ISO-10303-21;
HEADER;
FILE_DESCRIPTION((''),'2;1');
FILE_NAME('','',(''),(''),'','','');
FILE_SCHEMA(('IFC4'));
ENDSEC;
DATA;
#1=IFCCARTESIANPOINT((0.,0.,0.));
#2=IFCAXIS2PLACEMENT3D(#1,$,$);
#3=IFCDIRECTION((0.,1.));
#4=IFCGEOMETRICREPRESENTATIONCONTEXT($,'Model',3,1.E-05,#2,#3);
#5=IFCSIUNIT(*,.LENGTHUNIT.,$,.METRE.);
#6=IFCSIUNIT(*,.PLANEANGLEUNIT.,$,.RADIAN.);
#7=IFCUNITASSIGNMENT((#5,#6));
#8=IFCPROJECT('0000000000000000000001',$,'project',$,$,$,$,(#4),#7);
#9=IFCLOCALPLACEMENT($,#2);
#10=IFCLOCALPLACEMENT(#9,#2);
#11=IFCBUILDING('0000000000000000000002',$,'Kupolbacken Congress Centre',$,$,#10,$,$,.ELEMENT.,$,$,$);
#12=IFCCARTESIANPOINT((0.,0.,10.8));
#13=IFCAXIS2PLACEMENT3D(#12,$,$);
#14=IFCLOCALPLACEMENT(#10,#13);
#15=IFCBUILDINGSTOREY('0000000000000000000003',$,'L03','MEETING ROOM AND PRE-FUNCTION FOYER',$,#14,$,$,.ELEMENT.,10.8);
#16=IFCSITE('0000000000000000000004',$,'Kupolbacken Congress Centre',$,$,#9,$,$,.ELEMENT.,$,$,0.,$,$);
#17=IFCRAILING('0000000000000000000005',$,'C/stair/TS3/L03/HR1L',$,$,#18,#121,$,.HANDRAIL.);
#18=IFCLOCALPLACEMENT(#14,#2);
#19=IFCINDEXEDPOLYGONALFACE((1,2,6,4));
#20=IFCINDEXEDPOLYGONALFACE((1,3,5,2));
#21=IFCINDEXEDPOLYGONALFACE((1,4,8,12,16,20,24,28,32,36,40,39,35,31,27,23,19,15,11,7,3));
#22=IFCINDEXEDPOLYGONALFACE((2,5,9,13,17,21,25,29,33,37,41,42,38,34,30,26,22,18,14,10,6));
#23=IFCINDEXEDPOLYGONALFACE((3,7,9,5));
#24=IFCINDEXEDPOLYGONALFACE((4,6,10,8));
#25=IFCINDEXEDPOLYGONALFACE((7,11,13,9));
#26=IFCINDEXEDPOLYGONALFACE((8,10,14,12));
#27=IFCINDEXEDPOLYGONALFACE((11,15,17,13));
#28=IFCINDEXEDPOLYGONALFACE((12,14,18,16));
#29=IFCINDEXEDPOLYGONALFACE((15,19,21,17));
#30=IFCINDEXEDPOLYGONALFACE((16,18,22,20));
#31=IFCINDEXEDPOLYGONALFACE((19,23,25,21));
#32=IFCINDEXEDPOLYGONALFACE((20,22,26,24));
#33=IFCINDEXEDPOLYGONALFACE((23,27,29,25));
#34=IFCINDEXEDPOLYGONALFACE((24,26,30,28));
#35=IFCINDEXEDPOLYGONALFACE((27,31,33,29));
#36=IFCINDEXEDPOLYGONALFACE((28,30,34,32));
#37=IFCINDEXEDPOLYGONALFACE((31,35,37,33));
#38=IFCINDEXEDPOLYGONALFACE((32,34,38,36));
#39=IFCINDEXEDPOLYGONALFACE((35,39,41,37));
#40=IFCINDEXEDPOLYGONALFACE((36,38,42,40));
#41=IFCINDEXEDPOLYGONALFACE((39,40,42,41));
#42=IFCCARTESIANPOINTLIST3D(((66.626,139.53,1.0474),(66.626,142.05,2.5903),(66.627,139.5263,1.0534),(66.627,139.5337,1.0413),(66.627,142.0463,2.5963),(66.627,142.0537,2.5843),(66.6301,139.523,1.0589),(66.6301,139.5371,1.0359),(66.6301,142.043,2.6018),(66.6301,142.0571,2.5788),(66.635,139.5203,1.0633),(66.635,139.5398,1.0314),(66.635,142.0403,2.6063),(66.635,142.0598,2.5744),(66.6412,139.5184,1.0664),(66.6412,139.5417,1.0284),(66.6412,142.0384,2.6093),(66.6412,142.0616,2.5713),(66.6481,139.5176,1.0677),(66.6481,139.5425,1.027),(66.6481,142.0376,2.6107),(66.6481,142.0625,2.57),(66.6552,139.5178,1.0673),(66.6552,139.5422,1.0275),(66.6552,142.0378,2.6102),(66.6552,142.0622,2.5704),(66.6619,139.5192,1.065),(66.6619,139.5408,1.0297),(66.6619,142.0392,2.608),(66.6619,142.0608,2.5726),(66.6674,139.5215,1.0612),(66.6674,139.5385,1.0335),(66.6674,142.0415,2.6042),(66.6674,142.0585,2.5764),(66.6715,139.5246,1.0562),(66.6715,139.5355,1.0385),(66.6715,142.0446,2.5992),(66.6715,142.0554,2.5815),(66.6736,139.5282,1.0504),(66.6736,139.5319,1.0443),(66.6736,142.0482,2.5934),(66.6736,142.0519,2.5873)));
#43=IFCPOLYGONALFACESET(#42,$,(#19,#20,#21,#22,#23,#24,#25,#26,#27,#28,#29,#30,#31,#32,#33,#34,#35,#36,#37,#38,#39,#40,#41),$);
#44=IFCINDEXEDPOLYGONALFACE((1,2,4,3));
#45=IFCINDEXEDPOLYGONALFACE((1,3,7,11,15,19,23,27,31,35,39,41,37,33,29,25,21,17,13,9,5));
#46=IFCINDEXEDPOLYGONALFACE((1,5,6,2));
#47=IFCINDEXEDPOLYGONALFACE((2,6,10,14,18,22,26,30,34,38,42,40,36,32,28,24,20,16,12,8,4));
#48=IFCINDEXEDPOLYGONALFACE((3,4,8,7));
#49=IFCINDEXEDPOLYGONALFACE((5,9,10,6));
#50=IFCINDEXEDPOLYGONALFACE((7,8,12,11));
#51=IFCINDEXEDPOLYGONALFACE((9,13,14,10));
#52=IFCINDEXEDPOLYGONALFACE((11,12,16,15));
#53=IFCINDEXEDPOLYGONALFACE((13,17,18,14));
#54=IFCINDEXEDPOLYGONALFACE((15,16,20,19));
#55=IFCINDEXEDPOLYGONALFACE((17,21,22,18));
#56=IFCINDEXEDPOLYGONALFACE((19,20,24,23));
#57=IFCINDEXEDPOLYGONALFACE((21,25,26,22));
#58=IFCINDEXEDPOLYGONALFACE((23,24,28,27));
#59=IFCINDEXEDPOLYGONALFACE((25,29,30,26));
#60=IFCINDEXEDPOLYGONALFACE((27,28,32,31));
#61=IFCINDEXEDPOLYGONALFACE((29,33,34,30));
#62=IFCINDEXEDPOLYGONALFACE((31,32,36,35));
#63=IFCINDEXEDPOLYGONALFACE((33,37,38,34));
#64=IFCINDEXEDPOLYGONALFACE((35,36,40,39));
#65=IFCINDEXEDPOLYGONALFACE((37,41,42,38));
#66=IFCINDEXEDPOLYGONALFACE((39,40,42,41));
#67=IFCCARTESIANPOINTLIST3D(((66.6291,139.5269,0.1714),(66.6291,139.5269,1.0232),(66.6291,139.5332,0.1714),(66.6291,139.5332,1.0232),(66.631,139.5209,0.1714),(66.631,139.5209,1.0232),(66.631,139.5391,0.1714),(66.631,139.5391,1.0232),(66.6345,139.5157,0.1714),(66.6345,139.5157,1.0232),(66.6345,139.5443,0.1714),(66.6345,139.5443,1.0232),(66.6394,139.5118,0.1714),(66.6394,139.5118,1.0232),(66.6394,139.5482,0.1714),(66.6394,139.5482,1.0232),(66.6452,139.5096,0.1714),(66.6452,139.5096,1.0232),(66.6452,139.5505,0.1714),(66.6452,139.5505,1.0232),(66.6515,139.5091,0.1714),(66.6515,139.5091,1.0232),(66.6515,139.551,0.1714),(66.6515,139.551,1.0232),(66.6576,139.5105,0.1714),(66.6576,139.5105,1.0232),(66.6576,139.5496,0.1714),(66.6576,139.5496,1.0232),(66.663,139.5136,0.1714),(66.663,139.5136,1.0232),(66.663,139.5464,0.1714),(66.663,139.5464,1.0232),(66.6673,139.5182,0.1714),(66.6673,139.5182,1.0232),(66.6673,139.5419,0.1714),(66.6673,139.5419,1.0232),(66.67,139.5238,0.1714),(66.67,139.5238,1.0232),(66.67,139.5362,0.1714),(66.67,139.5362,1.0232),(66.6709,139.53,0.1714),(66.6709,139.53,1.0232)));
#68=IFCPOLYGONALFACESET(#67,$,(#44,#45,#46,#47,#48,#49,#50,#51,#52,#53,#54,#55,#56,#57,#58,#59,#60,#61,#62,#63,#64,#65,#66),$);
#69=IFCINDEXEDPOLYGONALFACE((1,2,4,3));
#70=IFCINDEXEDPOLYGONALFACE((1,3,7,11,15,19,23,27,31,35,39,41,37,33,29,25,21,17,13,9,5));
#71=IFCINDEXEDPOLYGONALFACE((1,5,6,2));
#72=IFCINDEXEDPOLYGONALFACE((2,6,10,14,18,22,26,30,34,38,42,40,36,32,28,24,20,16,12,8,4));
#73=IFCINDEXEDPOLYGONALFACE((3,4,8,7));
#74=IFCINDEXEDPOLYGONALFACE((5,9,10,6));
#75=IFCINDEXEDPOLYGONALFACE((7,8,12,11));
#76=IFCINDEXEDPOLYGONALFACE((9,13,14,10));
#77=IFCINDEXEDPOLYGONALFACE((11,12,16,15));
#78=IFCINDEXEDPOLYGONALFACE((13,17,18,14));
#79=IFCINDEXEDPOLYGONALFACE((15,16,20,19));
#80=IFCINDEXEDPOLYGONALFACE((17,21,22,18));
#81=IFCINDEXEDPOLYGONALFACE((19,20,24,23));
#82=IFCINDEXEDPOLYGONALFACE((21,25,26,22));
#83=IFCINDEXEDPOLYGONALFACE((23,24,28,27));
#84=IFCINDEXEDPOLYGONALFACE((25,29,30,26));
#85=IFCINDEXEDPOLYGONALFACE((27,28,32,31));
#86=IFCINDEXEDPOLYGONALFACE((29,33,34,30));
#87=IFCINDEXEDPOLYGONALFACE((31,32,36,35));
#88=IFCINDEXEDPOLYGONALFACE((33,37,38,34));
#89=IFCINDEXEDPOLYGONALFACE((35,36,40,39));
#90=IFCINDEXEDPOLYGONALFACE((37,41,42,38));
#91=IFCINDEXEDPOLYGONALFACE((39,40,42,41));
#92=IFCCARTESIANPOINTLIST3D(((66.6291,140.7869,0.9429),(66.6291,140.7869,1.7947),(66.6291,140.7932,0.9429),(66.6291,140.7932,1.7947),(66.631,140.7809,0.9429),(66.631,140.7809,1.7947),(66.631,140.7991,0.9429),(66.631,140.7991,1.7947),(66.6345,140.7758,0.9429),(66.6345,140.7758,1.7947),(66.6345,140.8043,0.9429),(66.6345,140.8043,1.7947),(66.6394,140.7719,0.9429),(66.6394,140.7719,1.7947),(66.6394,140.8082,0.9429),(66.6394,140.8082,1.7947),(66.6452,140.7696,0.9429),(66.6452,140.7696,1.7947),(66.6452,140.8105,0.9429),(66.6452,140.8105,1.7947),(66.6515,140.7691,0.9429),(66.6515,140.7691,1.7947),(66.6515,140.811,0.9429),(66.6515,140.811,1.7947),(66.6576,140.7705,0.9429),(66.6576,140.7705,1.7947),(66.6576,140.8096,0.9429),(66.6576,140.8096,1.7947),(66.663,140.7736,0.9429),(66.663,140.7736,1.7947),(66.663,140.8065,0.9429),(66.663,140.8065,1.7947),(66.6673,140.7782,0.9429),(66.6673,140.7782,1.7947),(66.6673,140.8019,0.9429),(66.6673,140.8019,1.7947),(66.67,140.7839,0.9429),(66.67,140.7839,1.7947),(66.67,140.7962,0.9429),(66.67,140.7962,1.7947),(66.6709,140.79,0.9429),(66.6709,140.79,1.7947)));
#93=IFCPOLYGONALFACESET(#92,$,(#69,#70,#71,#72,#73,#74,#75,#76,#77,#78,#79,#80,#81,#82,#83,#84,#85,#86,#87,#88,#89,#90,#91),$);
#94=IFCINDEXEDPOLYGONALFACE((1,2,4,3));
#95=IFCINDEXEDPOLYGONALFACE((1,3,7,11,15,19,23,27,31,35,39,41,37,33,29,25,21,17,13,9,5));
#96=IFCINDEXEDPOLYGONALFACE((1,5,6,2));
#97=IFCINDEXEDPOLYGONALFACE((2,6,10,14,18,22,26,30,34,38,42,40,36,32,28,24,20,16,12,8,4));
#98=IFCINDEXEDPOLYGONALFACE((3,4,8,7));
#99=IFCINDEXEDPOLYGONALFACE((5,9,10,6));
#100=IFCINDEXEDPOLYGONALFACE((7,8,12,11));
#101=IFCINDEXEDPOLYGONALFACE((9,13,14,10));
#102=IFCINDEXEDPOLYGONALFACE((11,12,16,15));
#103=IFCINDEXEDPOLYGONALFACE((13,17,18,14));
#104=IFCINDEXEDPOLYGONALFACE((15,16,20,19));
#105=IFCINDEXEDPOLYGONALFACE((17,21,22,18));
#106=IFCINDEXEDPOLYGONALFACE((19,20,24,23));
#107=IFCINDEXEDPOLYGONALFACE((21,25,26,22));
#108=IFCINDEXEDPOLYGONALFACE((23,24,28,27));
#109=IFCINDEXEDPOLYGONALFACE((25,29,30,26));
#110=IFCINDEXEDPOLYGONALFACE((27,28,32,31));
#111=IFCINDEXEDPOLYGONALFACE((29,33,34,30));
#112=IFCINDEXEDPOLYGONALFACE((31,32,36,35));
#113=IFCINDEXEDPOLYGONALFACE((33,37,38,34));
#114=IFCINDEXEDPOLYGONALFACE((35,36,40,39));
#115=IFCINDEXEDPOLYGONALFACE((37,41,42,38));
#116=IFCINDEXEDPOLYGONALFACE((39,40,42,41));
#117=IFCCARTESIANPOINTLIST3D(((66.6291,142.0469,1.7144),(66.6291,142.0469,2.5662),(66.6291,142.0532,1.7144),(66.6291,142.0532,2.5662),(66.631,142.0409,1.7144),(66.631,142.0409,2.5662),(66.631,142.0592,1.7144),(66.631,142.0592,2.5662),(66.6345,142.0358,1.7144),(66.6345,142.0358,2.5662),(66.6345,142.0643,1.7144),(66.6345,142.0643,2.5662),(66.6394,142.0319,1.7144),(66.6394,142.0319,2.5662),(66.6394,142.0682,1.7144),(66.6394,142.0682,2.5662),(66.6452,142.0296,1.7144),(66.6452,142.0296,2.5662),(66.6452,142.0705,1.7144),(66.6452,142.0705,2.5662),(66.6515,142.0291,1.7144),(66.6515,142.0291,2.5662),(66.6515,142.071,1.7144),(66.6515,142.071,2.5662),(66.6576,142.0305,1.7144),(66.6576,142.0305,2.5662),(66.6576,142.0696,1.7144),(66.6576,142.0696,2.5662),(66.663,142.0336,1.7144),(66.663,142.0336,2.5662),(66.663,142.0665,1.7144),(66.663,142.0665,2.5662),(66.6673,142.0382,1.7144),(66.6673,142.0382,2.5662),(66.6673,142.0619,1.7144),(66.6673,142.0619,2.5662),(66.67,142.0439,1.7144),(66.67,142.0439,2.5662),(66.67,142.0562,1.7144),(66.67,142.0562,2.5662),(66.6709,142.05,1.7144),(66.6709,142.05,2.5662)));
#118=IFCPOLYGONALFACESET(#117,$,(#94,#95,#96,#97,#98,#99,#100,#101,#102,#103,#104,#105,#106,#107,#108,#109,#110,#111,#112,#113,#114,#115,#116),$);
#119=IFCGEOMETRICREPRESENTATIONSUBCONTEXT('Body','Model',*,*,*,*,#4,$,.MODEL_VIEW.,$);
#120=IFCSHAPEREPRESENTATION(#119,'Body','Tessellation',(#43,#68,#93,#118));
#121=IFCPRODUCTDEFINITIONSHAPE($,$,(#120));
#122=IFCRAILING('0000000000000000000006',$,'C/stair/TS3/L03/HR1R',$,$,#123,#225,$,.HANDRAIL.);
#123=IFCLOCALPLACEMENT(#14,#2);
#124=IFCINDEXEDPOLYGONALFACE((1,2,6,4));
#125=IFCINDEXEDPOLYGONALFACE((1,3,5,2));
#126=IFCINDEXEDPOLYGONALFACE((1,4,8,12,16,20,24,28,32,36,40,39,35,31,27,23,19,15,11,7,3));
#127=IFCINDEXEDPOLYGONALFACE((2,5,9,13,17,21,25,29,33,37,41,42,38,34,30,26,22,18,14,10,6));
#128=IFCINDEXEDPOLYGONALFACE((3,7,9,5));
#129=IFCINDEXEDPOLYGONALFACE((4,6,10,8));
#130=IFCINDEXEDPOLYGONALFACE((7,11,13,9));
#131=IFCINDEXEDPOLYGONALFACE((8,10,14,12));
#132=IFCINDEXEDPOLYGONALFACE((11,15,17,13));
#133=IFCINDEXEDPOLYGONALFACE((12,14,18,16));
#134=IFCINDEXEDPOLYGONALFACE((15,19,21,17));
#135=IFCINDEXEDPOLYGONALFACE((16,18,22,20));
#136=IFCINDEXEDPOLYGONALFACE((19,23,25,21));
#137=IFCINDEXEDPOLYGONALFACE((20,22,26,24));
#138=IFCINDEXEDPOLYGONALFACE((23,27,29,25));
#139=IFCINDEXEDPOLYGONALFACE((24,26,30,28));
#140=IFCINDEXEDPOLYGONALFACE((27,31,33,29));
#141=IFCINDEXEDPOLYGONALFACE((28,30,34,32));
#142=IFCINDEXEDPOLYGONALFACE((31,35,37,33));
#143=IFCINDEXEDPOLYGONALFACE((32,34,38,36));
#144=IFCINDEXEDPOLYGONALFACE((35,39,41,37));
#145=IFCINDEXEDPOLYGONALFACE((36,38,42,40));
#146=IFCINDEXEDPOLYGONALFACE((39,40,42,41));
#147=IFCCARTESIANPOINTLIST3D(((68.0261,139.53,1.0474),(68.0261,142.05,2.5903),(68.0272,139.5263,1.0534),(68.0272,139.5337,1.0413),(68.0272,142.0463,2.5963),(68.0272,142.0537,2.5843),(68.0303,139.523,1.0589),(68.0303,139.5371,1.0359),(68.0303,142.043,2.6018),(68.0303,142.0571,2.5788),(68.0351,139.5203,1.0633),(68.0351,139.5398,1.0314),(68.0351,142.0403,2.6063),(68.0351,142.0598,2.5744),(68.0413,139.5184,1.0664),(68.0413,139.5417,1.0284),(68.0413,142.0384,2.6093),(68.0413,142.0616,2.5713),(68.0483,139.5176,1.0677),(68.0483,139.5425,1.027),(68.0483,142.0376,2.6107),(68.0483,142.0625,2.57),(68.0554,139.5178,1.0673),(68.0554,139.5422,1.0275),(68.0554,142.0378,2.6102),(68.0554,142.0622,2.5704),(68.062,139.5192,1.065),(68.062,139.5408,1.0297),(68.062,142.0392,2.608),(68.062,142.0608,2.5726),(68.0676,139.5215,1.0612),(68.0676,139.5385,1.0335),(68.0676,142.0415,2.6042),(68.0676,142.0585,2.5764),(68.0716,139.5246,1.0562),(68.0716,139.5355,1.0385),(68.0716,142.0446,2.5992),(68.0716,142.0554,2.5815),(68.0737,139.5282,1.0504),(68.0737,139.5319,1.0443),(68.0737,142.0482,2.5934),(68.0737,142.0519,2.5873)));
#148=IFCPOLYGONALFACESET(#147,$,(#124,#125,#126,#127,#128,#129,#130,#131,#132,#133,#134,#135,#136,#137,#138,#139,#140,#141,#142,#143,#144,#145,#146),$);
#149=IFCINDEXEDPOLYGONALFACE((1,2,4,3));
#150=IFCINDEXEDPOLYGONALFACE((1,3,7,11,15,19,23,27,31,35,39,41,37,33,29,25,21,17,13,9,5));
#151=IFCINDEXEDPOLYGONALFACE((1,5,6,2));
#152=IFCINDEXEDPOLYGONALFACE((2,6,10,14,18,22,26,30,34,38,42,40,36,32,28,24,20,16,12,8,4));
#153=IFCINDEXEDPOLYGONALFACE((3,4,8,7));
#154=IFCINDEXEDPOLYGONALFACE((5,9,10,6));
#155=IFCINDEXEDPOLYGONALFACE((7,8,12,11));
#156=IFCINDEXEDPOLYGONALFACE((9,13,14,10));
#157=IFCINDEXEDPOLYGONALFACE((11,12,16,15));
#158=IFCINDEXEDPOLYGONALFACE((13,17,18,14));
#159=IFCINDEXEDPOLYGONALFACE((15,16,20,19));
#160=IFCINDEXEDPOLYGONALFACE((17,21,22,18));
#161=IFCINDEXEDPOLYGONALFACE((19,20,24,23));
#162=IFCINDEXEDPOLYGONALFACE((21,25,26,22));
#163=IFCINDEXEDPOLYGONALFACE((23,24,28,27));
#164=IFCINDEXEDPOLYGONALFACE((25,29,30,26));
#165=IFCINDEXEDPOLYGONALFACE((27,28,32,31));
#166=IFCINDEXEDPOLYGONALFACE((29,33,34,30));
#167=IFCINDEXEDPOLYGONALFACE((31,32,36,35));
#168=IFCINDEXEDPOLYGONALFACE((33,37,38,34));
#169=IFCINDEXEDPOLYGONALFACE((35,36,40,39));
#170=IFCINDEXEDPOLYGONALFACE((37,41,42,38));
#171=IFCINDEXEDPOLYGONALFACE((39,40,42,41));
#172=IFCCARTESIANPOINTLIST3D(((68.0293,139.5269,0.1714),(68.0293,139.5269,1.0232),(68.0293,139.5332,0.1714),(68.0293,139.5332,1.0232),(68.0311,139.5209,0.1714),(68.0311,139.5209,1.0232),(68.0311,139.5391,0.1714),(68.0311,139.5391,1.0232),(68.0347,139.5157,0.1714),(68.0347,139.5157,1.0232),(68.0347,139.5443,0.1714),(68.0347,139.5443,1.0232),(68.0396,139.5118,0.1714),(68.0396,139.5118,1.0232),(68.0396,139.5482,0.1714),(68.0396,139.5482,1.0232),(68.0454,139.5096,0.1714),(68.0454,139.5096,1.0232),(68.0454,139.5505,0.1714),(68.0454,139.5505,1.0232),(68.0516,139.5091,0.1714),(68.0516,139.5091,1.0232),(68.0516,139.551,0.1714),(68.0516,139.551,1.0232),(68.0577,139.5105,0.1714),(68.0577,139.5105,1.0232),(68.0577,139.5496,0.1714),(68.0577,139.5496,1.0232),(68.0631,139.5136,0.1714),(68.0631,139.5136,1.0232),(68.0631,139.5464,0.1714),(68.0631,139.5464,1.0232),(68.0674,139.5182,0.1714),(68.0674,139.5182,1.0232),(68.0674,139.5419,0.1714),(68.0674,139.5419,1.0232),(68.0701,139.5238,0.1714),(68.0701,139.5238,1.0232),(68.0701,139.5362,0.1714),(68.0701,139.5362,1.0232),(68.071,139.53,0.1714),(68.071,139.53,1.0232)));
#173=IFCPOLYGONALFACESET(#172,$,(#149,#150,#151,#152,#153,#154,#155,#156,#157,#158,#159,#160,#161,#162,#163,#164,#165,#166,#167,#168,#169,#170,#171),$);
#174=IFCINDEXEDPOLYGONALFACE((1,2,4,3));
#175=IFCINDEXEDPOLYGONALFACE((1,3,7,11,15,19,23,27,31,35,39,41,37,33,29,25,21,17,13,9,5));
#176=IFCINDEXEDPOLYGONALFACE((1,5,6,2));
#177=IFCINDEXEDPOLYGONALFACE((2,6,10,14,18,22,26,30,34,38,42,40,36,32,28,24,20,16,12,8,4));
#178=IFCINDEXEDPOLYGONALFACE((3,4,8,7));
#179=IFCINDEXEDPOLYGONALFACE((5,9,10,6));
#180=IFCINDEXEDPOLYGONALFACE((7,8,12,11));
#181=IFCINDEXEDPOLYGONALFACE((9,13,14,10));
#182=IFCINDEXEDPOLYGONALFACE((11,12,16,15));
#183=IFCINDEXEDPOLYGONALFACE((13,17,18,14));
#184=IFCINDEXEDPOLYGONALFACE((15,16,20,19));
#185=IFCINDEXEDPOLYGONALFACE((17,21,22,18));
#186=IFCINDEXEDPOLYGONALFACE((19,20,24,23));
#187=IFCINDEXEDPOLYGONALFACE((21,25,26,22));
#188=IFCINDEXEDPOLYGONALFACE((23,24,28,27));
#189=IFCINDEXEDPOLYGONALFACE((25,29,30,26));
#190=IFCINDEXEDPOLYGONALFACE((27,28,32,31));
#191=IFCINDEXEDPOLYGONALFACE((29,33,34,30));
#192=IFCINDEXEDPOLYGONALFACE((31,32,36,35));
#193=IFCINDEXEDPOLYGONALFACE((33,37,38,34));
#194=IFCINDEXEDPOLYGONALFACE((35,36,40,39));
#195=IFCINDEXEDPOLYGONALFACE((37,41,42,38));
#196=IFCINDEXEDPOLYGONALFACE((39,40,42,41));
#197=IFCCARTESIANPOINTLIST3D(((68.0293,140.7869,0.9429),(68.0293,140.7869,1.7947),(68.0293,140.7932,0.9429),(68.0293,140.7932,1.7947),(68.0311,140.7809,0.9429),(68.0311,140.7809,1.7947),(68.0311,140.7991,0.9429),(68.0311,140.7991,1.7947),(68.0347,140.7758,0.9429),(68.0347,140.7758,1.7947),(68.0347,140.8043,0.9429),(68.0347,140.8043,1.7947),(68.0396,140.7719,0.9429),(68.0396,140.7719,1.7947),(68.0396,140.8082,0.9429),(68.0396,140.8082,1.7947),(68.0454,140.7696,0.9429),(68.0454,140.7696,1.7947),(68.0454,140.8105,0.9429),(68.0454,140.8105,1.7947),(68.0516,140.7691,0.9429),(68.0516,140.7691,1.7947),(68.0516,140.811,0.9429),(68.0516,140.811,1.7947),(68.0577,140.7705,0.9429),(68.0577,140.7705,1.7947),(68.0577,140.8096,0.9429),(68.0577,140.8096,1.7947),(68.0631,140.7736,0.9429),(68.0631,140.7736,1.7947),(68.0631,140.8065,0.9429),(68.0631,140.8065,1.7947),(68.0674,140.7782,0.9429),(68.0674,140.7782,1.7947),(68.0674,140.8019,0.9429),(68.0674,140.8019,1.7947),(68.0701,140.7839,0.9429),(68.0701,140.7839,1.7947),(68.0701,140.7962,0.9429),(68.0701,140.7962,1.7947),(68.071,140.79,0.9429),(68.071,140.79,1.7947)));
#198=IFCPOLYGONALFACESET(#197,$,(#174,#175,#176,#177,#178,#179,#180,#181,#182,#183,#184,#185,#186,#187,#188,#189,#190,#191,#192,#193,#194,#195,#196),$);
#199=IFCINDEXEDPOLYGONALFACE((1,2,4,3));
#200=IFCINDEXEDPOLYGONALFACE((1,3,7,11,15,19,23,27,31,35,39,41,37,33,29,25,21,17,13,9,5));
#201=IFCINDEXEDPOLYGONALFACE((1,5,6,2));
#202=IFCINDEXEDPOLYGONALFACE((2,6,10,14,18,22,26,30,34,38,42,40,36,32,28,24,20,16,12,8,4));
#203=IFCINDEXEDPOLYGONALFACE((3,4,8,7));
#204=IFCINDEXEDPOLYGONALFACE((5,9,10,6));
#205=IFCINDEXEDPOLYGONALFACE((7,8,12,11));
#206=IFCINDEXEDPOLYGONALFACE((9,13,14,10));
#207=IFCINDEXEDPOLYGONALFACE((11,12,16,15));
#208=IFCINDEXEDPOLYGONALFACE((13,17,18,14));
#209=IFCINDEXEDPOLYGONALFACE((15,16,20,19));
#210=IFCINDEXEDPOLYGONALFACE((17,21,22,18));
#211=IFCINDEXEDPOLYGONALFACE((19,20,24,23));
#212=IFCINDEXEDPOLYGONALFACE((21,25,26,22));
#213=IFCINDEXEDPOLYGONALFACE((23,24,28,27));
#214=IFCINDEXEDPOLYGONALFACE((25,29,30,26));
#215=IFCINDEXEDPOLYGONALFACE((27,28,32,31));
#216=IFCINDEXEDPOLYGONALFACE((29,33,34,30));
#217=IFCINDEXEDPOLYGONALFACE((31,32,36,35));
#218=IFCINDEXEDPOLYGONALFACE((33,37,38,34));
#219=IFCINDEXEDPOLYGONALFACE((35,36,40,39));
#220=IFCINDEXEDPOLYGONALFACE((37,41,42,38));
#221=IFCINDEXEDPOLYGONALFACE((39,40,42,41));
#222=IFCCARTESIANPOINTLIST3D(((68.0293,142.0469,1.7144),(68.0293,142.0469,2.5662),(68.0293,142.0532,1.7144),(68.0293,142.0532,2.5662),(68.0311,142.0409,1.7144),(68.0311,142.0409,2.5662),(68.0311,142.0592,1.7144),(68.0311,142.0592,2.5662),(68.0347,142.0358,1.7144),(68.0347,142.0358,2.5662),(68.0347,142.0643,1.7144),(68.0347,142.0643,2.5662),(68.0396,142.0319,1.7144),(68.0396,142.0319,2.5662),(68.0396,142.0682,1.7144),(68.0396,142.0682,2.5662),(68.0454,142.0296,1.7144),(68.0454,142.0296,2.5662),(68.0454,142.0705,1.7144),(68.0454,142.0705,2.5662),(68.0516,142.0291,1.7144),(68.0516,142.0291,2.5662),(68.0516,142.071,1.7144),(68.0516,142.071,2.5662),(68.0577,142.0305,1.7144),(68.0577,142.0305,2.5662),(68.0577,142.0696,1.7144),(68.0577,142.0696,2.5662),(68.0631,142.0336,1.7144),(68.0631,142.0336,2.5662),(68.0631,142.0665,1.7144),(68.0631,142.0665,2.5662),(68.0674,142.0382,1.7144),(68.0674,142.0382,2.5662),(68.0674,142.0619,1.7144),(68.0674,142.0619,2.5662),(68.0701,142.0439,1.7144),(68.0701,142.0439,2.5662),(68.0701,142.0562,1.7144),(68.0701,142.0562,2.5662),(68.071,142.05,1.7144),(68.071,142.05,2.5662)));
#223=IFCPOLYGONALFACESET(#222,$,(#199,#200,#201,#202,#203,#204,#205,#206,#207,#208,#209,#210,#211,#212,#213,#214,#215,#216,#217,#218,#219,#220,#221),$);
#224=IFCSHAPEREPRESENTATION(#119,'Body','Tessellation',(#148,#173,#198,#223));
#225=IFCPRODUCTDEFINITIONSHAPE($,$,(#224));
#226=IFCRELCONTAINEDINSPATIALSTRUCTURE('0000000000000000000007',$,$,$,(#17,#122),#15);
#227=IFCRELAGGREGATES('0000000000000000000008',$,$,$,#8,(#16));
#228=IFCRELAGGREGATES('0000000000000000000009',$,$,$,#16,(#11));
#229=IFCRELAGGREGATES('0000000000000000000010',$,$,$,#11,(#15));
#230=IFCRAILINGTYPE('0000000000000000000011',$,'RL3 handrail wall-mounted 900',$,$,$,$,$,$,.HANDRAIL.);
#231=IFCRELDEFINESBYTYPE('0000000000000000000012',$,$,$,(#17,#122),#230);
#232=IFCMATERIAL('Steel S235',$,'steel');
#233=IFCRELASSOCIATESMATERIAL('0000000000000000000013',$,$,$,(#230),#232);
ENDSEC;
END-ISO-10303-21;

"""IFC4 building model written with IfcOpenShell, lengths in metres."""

from ifc_helpers import new_model, si_unit, direction, frame, origin, origin_2d, place, context, subcontext, project, spatial, circle, extrude, material, type_object, element, save


model = new_model("IFC4")

# Units and contexts
model_context = context("Model", 3, precision=1e-05, world=origin(), true_north=direction((0.0, 1.0)))
body_context = subcontext(model_context, "Body", "Model", "MODEL_VIEW")
ifc_project = project(units=[si_unit("LENGTHUNIT", "METRE"), si_unit("PLANEANGLEUNIT", "RADIAN")], contexts=[model_context])

# Site, building, storey
site_placement = place(None, origin())
site = spatial("IfcSite", under=ifc_project, at=site_placement, Name="Kupolbacken Congress Centre", CompositionType="ELEMENT", RefElevation=0.0)
building_placement = place(site_placement, origin())
building = spatial("IfcBuilding", under=site, at=building_placement, Name="Kupolbacken Congress Centre", CompositionType="ELEMENT")
storey_placement = place(building_placement, frame((0.0, 0.0, 10.8)))
storey = spatial("IfcBuildingStorey", under=building, at=storey_placement, Name="L03", Description="MEETING ROOM AND PRE-FUNCTION FOYER", CompositionType="ELEMENT", Elevation=10.8)

# Railings
ifc_material_1 = material(Name="Steel S235", Category="steel")
railing_type = type_object("IfcRailingType", Name="RL3 handrail wall-mounted 900", PredefinedType="HANDRAIL", material=ifc_material_1)
for number, where, name in (
    (1, (66.6499, 139.53, 0.1714), "C/stair/TS3/L03/HR1L"),
    (2, (68.05, 139.53, 0.1714), "C/stair/TS3/L03/HR1R"),
):
    element("IfcRailing", number, at=place(storey_placement, frame(where)), inside=storey, type_object=railing_type, Name=name, PredefinedType="HANDRAIL", context=body_context, shape_type="SweptSolid", body=[
        extrude(circle(Radius=0.0239, at=origin_2d()), frame((0.0, 0.0, 0.876), z_axis=(0.0, 0.852836, 0.522178), x_axis=(-1.0, 0.0, 0.0)), (0.0, 0.0, 1.0), 2.9548),
        extrude(circle(Radius=0.021, at=origin_2d()), origin(), (0.0, 0.0, 1.0), 0.8518),
        extrude(circle(Radius=0.021, at=origin_2d()), frame((0.0, 1.26, 0.7715)), (0.0, 0.0, 1.0), 0.8518),
        extrude(circle(Radius=0.021, at=origin_2d()), frame((0.0, 2.52, 1.543)), (0.0, 0.0, 1.0), 0.8518),
    ])

save(model, "model.ifc")
